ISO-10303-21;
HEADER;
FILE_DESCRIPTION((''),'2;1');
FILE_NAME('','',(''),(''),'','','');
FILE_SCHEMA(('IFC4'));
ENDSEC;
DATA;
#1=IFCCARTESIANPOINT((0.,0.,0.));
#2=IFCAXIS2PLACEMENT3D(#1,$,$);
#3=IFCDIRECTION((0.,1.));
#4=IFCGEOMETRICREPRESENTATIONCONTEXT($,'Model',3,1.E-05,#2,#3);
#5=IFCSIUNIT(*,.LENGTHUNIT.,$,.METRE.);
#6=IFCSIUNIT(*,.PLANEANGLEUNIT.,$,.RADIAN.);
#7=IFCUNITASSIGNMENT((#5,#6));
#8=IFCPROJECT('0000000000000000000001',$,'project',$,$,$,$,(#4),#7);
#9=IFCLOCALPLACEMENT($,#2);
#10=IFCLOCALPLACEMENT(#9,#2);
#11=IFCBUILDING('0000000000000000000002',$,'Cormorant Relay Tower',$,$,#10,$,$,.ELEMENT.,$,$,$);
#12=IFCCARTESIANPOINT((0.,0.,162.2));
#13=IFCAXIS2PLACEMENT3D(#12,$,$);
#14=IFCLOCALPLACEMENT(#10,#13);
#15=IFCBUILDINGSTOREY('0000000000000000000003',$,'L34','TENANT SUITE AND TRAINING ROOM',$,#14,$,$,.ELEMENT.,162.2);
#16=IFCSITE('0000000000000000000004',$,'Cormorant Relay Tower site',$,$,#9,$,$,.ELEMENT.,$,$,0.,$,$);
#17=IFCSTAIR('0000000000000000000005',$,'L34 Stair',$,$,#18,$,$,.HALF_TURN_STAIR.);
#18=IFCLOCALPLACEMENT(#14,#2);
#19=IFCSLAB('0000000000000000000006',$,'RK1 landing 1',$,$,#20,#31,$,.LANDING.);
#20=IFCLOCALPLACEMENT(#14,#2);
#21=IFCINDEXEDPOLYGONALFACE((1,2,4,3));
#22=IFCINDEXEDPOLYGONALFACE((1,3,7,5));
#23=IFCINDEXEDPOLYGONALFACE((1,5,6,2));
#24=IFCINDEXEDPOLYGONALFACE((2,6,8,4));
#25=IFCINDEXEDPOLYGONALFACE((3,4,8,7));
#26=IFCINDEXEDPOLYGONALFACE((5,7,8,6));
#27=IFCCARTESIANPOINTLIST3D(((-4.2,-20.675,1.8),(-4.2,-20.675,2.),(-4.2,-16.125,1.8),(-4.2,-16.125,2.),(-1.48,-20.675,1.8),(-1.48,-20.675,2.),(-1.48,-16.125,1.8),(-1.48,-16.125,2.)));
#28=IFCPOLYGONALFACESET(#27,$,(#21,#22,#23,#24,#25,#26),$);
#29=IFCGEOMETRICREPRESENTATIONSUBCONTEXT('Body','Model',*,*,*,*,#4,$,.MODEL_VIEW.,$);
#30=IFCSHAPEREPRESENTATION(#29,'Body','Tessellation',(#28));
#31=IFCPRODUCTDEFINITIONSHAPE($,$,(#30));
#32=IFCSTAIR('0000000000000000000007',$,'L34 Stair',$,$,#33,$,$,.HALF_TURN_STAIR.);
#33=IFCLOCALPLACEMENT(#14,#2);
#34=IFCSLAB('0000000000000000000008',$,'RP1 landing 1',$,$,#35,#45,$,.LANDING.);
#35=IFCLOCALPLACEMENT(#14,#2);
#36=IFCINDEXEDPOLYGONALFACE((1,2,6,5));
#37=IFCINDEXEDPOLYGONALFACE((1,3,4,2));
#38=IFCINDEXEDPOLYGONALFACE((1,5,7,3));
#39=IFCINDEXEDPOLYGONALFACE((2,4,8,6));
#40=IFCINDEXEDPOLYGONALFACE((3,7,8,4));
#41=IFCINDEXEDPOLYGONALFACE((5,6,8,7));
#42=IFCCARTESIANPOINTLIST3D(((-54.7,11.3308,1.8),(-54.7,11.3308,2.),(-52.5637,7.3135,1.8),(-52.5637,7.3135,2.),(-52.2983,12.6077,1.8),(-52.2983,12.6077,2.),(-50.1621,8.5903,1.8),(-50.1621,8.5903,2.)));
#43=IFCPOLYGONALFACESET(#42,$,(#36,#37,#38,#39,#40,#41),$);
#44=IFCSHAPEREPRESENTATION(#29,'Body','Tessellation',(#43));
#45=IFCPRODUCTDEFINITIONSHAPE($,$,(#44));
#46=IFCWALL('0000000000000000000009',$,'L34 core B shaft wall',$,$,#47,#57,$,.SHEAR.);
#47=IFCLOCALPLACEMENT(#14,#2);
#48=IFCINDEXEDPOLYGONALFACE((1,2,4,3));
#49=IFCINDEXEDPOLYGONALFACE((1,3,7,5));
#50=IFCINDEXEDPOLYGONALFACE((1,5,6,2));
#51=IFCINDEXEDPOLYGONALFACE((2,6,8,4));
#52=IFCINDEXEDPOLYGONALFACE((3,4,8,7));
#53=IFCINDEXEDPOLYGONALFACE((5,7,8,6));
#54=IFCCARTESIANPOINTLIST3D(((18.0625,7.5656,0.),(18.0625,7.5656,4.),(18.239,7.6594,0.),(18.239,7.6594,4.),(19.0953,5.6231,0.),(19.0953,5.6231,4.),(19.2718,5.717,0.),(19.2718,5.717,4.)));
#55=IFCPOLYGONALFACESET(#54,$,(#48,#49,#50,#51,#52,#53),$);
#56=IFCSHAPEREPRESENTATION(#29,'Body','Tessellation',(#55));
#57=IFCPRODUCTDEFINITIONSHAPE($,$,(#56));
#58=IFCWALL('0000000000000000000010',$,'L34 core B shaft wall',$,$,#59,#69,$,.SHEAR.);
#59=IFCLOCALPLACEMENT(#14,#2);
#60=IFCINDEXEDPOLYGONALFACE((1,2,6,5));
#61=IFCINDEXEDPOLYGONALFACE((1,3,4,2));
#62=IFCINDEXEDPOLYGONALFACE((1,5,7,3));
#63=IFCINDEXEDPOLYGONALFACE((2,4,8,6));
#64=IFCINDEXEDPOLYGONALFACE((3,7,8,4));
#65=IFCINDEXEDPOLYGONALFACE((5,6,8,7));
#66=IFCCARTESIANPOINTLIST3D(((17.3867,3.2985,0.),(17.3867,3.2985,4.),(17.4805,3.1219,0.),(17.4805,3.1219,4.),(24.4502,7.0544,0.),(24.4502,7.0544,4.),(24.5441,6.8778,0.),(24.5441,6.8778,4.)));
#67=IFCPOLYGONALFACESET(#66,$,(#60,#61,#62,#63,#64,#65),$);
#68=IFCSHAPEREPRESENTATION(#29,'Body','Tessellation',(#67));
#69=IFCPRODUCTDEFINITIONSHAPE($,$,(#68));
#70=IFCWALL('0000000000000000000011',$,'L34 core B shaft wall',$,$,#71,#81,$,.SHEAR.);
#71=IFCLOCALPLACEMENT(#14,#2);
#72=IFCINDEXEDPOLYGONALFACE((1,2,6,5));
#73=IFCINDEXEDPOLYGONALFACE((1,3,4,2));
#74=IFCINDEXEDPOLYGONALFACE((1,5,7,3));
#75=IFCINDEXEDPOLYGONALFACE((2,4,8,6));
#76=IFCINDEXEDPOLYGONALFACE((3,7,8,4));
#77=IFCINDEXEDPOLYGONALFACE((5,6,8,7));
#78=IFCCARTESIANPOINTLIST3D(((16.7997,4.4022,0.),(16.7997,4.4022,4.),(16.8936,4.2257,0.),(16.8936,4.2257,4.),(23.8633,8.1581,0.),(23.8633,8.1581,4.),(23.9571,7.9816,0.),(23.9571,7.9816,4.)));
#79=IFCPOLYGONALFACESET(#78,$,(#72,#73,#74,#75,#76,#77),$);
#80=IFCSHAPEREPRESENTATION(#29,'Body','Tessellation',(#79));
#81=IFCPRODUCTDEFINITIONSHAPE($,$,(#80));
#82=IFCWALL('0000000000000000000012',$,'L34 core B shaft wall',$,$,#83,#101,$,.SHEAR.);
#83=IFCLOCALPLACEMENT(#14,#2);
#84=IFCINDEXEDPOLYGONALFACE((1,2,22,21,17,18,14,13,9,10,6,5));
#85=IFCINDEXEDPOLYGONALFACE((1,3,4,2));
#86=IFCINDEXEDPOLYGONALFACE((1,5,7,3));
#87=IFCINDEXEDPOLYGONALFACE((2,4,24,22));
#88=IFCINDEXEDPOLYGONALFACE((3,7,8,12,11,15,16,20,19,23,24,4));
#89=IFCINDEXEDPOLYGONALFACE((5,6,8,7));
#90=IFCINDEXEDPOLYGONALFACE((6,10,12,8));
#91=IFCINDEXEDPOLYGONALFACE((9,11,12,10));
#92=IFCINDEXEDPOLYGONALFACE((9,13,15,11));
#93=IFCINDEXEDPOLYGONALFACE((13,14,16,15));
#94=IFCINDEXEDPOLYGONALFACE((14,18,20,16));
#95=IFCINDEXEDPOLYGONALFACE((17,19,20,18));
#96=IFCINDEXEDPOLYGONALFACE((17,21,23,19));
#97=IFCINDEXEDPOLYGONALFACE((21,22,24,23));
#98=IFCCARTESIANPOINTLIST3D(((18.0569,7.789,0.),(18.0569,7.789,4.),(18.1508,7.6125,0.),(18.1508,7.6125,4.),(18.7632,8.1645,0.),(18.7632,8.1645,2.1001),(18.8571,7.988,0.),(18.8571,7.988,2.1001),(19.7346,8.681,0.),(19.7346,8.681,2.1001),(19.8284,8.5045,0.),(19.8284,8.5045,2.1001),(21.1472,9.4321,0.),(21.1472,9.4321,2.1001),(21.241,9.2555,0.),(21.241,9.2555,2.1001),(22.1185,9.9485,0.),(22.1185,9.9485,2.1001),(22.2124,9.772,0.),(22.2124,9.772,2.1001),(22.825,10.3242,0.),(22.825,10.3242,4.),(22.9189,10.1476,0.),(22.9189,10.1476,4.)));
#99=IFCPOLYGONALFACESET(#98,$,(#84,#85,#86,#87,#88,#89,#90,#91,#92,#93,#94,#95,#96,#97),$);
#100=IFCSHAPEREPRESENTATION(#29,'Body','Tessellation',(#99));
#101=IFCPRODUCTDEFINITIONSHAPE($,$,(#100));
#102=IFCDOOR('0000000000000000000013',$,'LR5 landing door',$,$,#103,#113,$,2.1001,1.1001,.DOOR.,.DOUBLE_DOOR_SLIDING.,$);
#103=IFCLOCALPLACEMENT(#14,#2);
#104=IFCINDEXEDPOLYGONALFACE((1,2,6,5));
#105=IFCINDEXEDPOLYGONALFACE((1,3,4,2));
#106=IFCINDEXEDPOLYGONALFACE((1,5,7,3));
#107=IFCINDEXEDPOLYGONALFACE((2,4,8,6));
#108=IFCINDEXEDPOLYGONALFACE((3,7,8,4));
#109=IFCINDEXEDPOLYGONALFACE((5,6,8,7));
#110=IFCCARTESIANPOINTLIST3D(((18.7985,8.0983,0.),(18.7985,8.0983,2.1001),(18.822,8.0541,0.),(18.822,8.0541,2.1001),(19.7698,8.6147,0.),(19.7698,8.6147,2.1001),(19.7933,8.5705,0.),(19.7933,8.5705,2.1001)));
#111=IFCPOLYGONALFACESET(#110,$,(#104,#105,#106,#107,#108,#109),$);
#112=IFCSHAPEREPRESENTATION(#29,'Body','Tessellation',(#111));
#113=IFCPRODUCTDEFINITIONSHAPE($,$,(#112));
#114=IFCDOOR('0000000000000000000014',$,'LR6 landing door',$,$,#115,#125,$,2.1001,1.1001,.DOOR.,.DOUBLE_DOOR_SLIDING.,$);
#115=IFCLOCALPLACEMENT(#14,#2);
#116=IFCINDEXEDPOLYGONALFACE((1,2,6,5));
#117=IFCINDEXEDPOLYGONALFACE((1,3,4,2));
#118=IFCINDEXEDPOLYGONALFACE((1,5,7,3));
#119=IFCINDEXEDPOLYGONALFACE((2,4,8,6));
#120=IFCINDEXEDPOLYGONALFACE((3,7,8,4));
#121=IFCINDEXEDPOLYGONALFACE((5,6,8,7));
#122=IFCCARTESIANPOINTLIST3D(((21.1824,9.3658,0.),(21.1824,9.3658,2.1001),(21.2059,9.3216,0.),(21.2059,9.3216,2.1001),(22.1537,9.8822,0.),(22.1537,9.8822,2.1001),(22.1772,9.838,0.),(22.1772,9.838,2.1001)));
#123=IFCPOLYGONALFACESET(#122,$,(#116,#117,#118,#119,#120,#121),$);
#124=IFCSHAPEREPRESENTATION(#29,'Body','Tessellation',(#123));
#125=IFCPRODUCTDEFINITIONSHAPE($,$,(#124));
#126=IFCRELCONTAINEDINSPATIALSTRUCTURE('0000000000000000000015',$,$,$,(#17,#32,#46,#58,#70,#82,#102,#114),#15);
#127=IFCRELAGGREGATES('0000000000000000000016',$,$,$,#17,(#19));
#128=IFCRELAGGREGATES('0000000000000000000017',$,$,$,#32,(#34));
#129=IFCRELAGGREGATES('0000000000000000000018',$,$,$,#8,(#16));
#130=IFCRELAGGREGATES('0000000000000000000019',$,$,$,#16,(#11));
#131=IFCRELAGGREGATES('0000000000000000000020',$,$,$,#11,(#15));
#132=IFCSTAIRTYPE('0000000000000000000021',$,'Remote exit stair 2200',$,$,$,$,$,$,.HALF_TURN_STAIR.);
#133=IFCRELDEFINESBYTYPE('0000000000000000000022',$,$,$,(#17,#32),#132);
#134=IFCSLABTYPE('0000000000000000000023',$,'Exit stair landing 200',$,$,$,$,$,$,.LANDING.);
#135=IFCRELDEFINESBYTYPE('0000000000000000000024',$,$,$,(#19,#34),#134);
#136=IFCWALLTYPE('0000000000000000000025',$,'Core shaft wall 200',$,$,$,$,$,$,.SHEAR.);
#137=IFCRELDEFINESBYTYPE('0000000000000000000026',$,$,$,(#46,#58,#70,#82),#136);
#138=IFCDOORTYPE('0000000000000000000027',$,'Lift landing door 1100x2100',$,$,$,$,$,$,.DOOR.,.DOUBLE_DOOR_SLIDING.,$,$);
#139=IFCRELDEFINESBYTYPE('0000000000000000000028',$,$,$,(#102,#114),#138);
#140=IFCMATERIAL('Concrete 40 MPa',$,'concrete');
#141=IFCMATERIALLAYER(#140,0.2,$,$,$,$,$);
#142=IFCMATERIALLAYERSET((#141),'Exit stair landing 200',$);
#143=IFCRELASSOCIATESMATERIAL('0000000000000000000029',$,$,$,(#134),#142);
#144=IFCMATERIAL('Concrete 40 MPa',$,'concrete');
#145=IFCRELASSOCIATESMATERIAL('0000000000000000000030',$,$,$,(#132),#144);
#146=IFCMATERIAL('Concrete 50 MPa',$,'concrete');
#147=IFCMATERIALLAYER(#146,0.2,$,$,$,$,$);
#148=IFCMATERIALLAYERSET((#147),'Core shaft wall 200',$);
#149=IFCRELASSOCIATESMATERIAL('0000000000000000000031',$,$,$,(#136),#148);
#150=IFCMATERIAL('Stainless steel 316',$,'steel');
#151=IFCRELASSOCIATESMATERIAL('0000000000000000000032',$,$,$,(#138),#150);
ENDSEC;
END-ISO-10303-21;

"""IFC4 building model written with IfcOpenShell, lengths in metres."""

from ifc_helpers import new_model, si_unit, direction, frame, frame_2d, origin, place, context, subcontext, project, spatial, polyline, rectangle, outline, extrude, material, layer, layer_set, type_object, element, fill, aggregate, save


model = new_model("IFC4")

# Units and contexts
model_context = context("Model", 3, precision=1e-05, world=origin(), true_north=direction((0.0, 1.0)))
body_context = subcontext(model_context, "Body", "Model", "MODEL_VIEW")
ifc_project = project(units=[si_unit("LENGTHUNIT", "METRE"), si_unit("PLANEANGLEUNIT", "RADIAN")], contexts=[model_context])

# Site, building, storey
site_placement = place(None, origin())
site = spatial("IfcSite", under=ifc_project, at=site_placement, Name="Cormorant Relay Tower site", CompositionType="ELEMENT", RefElevation=0.0)
building_placement = place(site_placement, origin())
building = spatial("IfcBuilding", under=site, at=building_placement, Name="Cormorant Relay Tower", CompositionType="ELEMENT")
storey_placement = place(building_placement, frame((0.0, 0.0, 162.2)))
storey = spatial("IfcBuildingStorey", under=building, at=storey_placement, Name="L34", Description="TENANT SUITE AND TRAINING ROOM", CompositionType="ELEMENT", Elevation=162.2)

# Stairs, slabs
ifc_material_1 = material(Name="Concrete 40 MPa", Category="concrete")
ifc_layer_1 = layer(ifc_material_1, 0.2)
ifc_layer_set_1 = layer_set([ifc_layer_1], Name="Exit stair landing 200")
slab_type = type_object("IfcSlabType", Name="Exit stair landing 200", PredefinedType="LANDING", material=ifc_layer_set_1)
ifc_material_2 = material(Name="Concrete 40 MPa", Category="concrete")
stair_type_1 = type_object("IfcStairType", Name="Remote exit stair 2200", PredefinedType="HALF_TURN_STAIR", material=ifc_material_2)
stair_1_placement = place(storey_placement, origin())
stair_1 = element("IfcStair", 1, at=stair_1_placement, inside=storey, type_object=stair_type_1, Name="L34 Stair", PredefinedType="HALF_TURN_STAIR")
slab_1_placement = place(storey_placement, frame((0.0, 0.0, 1.8)))
slab_1 = element("IfcSlab", 2, at=slab_1_placement, type_object=slab_type, Name="RK1 landing 1", PredefinedType="LANDING", context=body_context, shape_type="SweptSolid", body=[
    extrude(outline(polyline([(-1.48, -16.125), (-4.2, -16.125), (-4.2, -20.675), (-1.48, -20.675), (-1.48, -16.125)])), origin(), (0.0, 0.0, 1.0), 0.2),
])
aggregate(stair_1, [slab_1])
stair_2_placement = place(storey_placement, origin())
stair_2 = element("IfcStair", 3, at=stair_2_placement, inside=storey, type_object=stair_type_1, Name="L34 Stair", PredefinedType="HALF_TURN_STAIR")
slab_2_placement = place(storey_placement, frame((0.0, 0.0, 1.8)))
slab_2 = element("IfcSlab", 4, at=slab_2_placement, type_object=slab_type, Name="RP1 landing 1", PredefinedType="LANDING", context=body_context, shape_type="SweptSolid", body=[
    extrude(outline(polyline([(-52.2983, 12.6077), (-54.7, 11.3308), (-52.5637, 7.3135), (-50.1621, 8.5903), (-52.2983, 12.6077)])), origin(), (0.0, 0.0, 1.0), 0.2),
])
aggregate(stair_2, [slab_2])

# Walls
ifc_material_3 = material(Name="Concrete 50 MPa", Category="concrete")
ifc_layer_2 = layer(ifc_material_3, 0.2)
ifc_layer_set_2 = layer_set([ifc_layer_2], Name="Core shaft wall 200")
wall_type = type_object("IfcWallType", Name="Core shaft wall 200", PredefinedType="SHEAR", material=ifc_layer_set_2)
wall_1_placement = place(storey_placement, frame((19.1836, 5.6699, 0.0), z_axis=(0.0, 0.0, 1.0), x_axis=(-0.469447, 0.88296, 0.0)))
element("IfcWall", 5, at=wall_1_placement, inside=storey, type_object=wall_type, Name="L34 core B shaft wall", PredefinedType="SHEAR", context=body_context, shape_type="SweptSolid", body=[
    extrude(rectangle(XDim=2.2, YDim=0.2, at=frame_2d((1.1001, 0.0))), origin(), (0.0, 0.0, 1.0), 4.0),
])
for number, where, z_axis, x_axis, name in (
    (6, (17.4336, 3.2102, 0.0), (0.0, 0.0, 1.0), (0.88294, 0.469485, 0.0), "L34 core B shaft wall"),
    (7, (16.8467, 4.314, 0.0), (0.0, 0.0, 1.0), (0.88294, 0.469485, 0.0), "L34 core B shaft wall"),
):
    element("IfcWall", number, at=place(storey_placement, frame(where, z_axis=z_axis, x_axis=x_axis)), inside=storey, type_object=wall_type, Name=name, PredefinedType="SHEAR", context=body_context, shape_type="SweptSolid", body=[
        extrude(rectangle(XDim=8.0, YDim=0.2, at=frame_2d((4.0, 0.0))), origin(), (0.0, 0.0, 1.0), 4.0),
    ])

# Wall, openings, doors
wall_2_placement = place(storey_placement, frame((18.1038, 7.7007, 0.0), z_axis=(0.0, 0.0, 1.0), x_axis=(0.882953, 0.469462, 0.0)))
wall_2 = element("IfcWall", 8, at=wall_2_placement, inside=storey, type_object=wall_type, Name="L34 core B shaft wall", PredefinedType="SHEAR", context=body_context, shape_type="SweptSolid", body=[
    extrude(rectangle(XDim=5.4001, YDim=0.2, at=frame_2d((2.7002, 0.0))), origin(), (0.0, 0.0, 1.0), 4.0),
])
opening_1_placement = place(wall_2_placement, frame((0.8, 0.0, 0.0)))
opening_1 = element("IfcOpeningElement", 9, at=opening_1_placement, cuts=wall_2, PredefinedType="OPENING", context=body_context, shape_type="SweptSolid", body=[
    extrude(rectangle(XDim=1.1001, YDim=2.1001, at=frame_2d((0.55, 1.05))), frame((0.0, 0.1099, 0.0), z_axis=(0.0, -1.0, 0.0), x_axis=(1.0, 0.0, 0.0)), (0.0, 0.0, 1.0), 0.22),
])
opening_2_placement = place(wall_2_placement, frame((3.5, 0.0, 0.0)))
opening_2 = element("IfcOpeningElement", 10, at=opening_2_placement, cuts=wall_2, PredefinedType="OPENING", context=body_context, shape_type="SweptSolid", body=[
    extrude(rectangle(XDim=1.1001, YDim=2.1001, at=frame_2d((0.55, 1.05))), frame((0.0, 0.1099, 0.0), z_axis=(0.0, -1.0, 0.0), x_axis=(1.0, 0.0, 0.0)), (0.0, 0.0, 1.0), 0.22),
])
ifc_material_4 = material(Name="Stainless steel 316", Category="steel")
door_type_1 = type_object("IfcDoorType", Name="Lift landing door 1100x2100", OperationType="DOUBLE_DOOR_SLIDING", PredefinedType="DOOR", material=ifc_material_4)
door_1_placement = place(opening_1_placement, origin())
door_1 = element("IfcDoor", 11, at=door_1_placement, inside=storey, type_object=door_type_1, Name="LR5 landing door", OperationType="DOUBLE_DOOR_SLIDING", OverallHeight=2.1001, OverallWidth=1.1001, PredefinedType="DOOR", context=body_context, shape_type="SweptSolid", body=[
    extrude(rectangle(XDim=1.1001, YDim=2.1001, at=frame_2d((0.55, 1.05))), frame((0.0, 0.0249, 0.0), z_axis=(0.0, -1.0, 0.0), x_axis=(1.0, 0.0, 0.0)), (0.0, 0.0, 1.0), 0.05),
])
fill(opening_1, door_1)
door_2_placement = place(opening_2_placement, origin())
door_2 = element("IfcDoor", 12, at=door_2_placement, inside=storey, type_object=door_type_1, Name="LR6 landing door", OperationType="DOUBLE_DOOR_SLIDING", OverallHeight=2.1001, OverallWidth=1.1001, PredefinedType="DOOR", context=body_context, shape_type="SweptSolid", body=[
    extrude(rectangle(XDim=1.1001, YDim=2.1001, at=frame_2d((0.55, 1.05))), frame((0.0, 0.0249, 0.0), z_axis=(0.0, -1.0, 0.0), x_axis=(1.0, 0.0, 0.0)), (0.0, 0.0, 1.0), 0.05),
])
fill(opening_2, door_2)

save(model, "model.ifc")
